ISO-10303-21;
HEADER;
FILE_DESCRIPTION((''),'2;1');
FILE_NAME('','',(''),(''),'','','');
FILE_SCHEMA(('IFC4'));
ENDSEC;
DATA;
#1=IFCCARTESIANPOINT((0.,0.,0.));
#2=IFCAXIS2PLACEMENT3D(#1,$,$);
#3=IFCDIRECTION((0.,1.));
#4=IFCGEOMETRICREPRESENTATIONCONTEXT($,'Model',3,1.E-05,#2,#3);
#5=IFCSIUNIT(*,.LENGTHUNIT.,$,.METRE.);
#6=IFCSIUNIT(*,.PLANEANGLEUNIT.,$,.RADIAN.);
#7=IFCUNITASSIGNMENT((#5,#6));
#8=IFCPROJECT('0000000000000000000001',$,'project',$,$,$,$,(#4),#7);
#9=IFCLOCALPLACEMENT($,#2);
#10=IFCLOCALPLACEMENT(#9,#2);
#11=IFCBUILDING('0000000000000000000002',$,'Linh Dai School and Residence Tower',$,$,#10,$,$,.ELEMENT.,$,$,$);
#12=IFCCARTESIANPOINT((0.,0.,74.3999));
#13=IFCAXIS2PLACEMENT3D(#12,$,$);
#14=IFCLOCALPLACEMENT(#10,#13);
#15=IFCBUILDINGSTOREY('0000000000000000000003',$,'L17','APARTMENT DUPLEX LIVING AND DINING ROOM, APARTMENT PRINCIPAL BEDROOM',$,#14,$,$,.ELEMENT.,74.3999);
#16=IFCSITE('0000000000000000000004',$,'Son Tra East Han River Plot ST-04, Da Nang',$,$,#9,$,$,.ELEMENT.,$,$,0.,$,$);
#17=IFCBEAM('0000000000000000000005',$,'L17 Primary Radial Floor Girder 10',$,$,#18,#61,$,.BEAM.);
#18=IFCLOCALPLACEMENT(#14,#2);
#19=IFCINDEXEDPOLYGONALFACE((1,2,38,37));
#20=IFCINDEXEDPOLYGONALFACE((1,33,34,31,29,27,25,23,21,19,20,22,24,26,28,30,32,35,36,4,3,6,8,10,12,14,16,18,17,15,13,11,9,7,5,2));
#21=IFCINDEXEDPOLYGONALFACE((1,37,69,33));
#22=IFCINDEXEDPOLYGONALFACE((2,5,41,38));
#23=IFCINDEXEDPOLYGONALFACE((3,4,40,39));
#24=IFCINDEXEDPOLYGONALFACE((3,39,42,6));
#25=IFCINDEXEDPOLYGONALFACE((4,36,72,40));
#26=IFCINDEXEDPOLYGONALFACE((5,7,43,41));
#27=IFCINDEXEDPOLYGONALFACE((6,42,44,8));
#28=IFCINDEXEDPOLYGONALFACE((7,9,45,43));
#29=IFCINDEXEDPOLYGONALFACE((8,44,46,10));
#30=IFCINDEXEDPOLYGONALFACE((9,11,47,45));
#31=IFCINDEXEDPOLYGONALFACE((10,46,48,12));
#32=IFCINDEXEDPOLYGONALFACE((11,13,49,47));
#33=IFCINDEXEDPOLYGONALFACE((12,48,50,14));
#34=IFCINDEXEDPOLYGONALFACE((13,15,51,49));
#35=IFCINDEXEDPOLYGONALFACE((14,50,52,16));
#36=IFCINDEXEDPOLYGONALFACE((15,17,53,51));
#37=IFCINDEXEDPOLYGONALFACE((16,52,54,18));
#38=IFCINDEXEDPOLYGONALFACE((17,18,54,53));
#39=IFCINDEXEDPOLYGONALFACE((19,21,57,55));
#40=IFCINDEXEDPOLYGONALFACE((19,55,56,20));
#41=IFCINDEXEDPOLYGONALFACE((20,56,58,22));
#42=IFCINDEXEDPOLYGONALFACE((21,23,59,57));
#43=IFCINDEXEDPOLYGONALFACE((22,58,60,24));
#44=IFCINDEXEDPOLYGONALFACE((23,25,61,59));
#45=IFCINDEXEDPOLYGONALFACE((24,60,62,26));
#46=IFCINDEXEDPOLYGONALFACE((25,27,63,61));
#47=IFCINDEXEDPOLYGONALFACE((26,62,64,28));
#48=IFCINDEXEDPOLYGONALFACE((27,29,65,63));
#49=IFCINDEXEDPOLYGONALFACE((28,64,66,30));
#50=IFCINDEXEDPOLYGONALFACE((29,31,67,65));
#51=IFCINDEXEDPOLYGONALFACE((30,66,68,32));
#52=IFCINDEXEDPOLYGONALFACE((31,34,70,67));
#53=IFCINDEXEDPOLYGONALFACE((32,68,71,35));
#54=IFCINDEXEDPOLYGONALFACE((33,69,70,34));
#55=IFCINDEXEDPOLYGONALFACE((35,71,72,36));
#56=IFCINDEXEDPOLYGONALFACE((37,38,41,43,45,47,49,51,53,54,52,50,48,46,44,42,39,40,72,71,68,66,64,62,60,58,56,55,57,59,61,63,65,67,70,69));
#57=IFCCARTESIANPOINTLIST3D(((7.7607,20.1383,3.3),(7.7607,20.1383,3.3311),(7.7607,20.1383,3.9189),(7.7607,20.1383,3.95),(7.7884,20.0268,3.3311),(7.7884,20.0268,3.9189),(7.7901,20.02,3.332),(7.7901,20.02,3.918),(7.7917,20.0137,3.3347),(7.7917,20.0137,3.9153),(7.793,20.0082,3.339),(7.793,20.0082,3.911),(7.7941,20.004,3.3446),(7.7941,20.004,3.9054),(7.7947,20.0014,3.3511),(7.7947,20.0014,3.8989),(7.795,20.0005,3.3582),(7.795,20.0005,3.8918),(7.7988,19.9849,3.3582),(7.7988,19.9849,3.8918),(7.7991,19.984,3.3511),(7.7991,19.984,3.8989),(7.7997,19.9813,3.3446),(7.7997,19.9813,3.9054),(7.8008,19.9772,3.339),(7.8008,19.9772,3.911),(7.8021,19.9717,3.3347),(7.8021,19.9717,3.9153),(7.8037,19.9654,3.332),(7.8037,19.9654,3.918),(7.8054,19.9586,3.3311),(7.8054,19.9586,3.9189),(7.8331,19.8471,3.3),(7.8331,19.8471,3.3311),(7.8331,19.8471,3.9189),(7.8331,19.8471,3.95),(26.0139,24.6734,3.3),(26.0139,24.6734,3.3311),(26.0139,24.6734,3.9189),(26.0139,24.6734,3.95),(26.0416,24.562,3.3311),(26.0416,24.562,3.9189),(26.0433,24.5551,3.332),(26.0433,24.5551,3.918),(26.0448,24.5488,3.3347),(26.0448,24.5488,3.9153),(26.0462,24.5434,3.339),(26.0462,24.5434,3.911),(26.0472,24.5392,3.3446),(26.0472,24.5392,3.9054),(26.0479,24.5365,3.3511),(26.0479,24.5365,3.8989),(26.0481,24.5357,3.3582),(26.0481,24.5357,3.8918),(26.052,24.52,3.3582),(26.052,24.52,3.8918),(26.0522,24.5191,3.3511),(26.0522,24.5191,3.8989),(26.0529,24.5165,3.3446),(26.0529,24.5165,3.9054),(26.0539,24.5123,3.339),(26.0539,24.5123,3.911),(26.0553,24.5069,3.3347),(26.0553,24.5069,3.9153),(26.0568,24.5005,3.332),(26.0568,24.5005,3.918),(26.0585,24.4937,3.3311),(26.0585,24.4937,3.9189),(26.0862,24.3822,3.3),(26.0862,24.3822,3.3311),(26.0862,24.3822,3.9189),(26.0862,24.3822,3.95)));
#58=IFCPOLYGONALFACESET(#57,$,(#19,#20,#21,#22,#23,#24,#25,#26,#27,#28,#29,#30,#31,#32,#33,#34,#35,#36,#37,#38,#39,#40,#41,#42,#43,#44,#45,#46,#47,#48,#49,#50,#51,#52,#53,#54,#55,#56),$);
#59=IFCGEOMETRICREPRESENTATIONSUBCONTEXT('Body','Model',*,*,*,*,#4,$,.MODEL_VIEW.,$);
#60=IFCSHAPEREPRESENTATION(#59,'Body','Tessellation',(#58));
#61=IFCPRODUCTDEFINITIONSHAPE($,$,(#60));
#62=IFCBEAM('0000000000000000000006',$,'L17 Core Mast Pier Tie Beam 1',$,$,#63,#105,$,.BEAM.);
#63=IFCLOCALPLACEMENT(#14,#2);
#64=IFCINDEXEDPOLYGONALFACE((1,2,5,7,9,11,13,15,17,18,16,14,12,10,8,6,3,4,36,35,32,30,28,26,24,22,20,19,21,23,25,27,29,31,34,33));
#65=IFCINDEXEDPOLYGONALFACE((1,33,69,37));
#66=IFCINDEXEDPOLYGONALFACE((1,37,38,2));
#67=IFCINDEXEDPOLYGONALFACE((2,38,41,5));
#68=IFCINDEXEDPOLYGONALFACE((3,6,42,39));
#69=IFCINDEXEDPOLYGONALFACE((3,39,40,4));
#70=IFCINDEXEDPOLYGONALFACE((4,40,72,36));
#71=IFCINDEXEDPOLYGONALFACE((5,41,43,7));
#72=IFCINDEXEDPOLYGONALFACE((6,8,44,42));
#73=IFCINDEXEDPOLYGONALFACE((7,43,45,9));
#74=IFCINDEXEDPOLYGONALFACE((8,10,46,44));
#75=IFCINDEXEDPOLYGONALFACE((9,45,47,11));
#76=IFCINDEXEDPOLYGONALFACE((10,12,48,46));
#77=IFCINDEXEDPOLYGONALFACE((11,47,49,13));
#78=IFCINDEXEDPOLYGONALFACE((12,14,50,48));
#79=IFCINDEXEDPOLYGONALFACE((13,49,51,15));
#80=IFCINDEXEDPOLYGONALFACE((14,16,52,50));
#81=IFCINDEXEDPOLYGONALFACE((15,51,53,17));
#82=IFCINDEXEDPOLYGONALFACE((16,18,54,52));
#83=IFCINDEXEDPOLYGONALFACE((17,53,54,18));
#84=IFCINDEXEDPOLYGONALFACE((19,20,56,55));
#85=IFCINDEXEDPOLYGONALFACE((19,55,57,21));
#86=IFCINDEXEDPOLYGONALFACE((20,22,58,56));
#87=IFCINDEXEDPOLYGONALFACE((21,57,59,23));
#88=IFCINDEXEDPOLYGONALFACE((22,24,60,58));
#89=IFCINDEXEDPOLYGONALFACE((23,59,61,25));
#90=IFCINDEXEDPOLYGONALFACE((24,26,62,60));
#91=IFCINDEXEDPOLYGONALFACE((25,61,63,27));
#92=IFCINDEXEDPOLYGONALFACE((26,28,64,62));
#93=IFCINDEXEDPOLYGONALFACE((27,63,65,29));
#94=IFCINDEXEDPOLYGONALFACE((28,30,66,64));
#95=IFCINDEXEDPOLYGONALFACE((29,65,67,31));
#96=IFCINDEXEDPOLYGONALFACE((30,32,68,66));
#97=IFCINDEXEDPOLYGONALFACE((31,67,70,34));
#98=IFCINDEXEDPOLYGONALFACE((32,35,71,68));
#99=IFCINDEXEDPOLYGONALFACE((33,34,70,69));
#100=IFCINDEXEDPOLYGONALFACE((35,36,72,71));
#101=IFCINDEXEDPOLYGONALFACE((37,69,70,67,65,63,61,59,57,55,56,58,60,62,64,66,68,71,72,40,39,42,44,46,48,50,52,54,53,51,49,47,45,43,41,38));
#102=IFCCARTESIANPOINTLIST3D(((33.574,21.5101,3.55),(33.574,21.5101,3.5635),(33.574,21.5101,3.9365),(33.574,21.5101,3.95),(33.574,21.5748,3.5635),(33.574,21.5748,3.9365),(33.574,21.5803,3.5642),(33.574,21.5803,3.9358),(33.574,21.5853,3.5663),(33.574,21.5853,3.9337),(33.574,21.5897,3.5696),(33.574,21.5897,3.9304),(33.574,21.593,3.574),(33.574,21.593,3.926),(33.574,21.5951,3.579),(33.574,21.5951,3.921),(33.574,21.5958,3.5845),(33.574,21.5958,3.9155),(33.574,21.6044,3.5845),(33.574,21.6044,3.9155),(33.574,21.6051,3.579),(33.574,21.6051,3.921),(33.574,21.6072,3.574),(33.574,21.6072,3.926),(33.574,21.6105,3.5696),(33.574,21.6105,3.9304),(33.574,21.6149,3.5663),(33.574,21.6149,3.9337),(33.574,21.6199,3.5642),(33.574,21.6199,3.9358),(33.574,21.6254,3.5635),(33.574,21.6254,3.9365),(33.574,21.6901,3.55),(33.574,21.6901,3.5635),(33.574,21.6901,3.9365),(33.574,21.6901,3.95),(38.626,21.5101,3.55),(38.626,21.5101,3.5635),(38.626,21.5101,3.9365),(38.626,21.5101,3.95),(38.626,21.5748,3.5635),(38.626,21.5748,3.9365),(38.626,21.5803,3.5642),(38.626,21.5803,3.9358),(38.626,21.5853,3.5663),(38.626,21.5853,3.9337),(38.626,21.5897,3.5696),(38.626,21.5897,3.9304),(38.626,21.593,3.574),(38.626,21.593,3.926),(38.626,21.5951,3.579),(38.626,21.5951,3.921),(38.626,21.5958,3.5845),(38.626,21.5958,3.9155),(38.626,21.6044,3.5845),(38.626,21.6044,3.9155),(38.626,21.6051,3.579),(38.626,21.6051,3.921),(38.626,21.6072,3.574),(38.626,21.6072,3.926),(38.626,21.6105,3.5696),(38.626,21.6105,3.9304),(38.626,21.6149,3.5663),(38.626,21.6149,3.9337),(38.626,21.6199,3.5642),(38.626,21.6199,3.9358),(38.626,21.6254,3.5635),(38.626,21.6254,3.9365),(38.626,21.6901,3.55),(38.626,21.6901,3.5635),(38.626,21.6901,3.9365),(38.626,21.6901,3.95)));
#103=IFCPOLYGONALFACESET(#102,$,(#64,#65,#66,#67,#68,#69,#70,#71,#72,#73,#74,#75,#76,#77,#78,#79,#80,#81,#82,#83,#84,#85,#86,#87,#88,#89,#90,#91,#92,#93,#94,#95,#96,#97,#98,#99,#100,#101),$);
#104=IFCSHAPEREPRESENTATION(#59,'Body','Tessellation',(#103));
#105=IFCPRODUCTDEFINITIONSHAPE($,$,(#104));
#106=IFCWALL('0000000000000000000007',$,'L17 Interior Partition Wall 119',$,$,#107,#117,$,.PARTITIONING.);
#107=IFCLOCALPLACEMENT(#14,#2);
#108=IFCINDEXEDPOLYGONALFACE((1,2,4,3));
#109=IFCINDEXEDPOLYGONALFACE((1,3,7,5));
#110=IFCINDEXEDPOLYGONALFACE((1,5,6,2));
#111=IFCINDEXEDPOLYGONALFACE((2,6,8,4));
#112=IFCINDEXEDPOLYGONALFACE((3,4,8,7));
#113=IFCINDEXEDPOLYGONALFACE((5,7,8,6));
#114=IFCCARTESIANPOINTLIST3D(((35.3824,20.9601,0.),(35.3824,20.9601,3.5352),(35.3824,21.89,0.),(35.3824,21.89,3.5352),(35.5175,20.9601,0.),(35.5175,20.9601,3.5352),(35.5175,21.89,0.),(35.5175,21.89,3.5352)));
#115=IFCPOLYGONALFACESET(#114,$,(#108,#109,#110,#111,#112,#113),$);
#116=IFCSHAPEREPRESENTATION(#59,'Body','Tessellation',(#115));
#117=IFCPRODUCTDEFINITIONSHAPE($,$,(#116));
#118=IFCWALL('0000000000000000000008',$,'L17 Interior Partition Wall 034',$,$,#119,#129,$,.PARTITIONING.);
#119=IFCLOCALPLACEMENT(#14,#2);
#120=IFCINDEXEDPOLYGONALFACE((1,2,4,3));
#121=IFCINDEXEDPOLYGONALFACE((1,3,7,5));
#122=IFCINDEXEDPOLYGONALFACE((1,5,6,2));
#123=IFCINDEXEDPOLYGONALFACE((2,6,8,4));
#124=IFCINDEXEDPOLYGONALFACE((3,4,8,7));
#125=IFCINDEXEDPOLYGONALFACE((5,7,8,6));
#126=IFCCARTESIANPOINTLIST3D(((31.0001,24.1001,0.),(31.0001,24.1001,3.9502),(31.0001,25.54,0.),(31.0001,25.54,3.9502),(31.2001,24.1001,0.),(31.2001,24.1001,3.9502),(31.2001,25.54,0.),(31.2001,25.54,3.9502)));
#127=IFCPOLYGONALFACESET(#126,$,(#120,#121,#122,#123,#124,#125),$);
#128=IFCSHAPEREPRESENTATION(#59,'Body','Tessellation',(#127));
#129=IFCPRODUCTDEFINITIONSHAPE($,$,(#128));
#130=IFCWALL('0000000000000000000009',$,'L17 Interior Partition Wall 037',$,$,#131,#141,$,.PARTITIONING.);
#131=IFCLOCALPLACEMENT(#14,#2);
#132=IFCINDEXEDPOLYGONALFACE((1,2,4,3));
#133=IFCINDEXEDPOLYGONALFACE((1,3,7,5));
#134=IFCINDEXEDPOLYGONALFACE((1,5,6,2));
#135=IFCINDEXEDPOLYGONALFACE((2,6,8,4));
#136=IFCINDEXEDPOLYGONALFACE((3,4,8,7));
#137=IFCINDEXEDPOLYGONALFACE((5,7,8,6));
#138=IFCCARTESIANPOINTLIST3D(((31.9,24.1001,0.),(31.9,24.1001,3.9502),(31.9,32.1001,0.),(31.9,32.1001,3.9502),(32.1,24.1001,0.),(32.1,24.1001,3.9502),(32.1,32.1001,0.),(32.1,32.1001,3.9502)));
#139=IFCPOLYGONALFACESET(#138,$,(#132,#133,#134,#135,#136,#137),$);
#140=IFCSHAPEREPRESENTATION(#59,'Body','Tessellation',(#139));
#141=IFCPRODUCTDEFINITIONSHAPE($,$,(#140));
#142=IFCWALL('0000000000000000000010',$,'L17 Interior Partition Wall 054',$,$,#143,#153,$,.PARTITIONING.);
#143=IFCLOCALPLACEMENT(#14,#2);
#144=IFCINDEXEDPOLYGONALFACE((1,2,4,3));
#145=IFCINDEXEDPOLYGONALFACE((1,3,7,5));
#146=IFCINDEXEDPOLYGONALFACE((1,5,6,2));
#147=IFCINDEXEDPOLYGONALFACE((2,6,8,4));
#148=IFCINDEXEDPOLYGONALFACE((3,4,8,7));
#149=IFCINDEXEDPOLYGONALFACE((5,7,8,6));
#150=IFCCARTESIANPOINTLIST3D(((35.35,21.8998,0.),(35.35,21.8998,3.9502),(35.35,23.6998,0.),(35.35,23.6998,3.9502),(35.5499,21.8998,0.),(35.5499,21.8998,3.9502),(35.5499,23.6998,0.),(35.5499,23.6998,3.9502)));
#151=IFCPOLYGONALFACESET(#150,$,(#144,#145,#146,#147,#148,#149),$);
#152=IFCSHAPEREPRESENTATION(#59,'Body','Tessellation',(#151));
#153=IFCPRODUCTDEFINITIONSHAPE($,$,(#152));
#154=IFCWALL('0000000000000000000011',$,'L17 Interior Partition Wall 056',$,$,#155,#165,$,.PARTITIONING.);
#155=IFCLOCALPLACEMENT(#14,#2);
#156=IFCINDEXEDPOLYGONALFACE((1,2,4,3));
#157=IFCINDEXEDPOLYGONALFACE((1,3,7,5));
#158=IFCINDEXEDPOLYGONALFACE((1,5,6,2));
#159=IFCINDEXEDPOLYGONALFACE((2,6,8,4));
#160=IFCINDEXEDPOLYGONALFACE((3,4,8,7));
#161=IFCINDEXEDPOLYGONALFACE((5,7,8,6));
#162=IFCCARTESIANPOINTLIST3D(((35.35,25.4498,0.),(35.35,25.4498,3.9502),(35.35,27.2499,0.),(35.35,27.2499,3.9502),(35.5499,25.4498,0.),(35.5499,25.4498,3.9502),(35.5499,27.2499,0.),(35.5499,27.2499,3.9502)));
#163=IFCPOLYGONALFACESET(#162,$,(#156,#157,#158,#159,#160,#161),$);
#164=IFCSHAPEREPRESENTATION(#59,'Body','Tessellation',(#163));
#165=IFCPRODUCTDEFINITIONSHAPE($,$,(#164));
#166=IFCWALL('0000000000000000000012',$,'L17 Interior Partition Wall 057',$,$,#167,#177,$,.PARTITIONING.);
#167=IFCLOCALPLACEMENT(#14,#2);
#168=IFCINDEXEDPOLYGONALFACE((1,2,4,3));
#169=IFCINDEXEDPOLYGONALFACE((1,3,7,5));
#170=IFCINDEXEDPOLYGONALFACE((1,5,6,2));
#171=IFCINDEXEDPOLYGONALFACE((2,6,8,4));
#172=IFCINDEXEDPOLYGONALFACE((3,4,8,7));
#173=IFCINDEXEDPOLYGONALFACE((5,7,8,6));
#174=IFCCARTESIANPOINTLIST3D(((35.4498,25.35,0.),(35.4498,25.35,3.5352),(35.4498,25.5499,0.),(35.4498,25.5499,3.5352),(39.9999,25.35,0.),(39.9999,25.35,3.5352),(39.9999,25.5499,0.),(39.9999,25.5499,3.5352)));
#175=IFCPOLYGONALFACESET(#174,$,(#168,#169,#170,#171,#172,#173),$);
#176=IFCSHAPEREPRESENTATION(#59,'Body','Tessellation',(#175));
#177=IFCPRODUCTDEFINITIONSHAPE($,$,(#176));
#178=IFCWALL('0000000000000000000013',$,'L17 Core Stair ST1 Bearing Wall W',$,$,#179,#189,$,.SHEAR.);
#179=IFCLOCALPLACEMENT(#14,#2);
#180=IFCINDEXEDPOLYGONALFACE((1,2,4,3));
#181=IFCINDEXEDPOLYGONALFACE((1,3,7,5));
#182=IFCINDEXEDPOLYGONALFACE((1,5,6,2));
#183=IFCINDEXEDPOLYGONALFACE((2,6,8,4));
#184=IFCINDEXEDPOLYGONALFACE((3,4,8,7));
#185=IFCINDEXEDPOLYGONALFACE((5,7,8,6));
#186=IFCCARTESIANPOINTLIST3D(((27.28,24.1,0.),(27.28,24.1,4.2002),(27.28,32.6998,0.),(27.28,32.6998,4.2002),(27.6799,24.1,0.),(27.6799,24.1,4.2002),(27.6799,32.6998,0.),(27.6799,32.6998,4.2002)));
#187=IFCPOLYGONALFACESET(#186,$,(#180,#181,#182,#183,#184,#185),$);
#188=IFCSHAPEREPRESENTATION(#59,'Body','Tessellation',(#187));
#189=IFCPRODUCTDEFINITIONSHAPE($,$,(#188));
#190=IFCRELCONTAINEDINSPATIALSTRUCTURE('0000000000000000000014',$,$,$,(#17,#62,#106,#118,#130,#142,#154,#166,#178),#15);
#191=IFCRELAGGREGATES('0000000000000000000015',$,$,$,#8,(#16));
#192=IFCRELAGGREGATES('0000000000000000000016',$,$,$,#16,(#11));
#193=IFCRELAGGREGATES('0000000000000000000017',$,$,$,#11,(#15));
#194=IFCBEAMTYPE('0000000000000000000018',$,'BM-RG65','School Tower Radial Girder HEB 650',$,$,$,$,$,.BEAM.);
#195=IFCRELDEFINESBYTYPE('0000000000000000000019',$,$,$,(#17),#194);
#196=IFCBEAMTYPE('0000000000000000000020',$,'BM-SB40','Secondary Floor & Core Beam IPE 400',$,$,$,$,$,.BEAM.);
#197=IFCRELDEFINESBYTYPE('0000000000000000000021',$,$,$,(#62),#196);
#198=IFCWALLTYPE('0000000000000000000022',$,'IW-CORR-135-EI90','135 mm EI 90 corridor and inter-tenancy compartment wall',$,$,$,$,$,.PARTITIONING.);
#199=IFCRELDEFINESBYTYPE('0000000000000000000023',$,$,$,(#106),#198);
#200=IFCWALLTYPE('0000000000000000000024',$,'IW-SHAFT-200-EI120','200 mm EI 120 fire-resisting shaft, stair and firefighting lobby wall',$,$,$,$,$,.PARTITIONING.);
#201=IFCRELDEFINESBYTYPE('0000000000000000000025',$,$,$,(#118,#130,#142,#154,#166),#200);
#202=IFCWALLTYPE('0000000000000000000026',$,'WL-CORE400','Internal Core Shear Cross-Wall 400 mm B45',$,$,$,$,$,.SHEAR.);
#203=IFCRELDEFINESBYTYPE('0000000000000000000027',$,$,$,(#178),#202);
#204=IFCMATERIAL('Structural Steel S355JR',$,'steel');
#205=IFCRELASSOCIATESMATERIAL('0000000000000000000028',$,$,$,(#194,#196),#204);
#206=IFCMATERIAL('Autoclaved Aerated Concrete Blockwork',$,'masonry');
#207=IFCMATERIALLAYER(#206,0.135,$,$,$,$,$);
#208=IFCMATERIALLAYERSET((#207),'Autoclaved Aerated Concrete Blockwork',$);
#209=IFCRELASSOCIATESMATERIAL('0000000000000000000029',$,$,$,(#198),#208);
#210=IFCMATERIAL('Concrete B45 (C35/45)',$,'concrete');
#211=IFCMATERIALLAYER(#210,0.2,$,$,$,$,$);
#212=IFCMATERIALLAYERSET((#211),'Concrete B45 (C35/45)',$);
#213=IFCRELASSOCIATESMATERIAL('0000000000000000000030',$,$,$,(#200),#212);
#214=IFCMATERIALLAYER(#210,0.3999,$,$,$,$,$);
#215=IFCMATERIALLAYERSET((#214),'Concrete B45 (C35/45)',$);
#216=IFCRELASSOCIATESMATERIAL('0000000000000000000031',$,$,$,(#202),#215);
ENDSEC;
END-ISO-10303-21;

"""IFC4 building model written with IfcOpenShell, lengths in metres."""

from ifc_helpers import new_model, si_unit, direction, frame, frame_2d, origin, origin_2d, place, context, subcontext, project, spatial, rectangle, i_section, extrude, material, layer, layer_set, material_profile, profile_set, type_object, element, save


model = new_model("IFC4")

# Units and contexts
model_context = context("Model", 3, precision=1e-05, world=origin(), true_north=direction((0.0, 1.0)))
body_context = subcontext(model_context, "Body", "Model", "MODEL_VIEW")
ifc_project = project(units=[si_unit("LENGTHUNIT", "METRE"), si_unit("PLANEANGLEUNIT", "RADIAN")], contexts=[model_context])

# Site, building, storey
site_placement = place(None, origin())
site = spatial("IfcSite", under=ifc_project, at=site_placement, Name="Son Tra East Han River Plot ST-04, Da Nang", CompositionType="ELEMENT", RefElevation=0.0)
building_placement = place(site_placement, origin())
building = spatial("IfcBuilding", under=site, at=building_placement, Name="Linh Dai School and Residence Tower", CompositionType="ELEMENT")
storey_placement = place(building_placement, frame((0.0, 0.0, 74.3999)))
storey = spatial("IfcBuildingStorey", under=building, at=storey_placement, Name="L17", Description="APARTMENT DUPLEX LIVING AND DINING ROOM, APARTMENT PRINCIPAL BEDROOM", CompositionType="ELEMENT", Elevation=74.3999)

# Shared definitions
ifc_material_1 = material(Name="Structural Steel S355JR", Category="steel")

# Beams
ifc_material_profile_1 = material_profile(ifc_material_1, i_section(OverallWidth=0.3, OverallDepth=0.6499, WebThickness=0.0161, FlangeThickness=0.031, FilletRadius=0.0271, at=origin_2d()), Name="HEB 650")
ifc_profile_set_1 = profile_set([ifc_material_profile_1], Name="Structural Steel S355JR")
beam_type_1 = type_object("IfcBeamType", Name="BM-RG65", Description="School Tower Radial Girder HEB 650", PredefinedType="BEAM", material=ifc_profile_set_1)
beam_1_placement = place(storey_placement, frame((26.05, 24.5278, 3.625), z_axis=(-0.970493, -0.241127, 0.0), x_axis=(0.241127, -0.970493, 0.0)))
element("IfcBeam", 1, at=beam_1_placement, inside=storey, type_object=beam_type_1, Name="L17 Primary Radial Floor Girder 10", PredefinedType="BEAM", context=body_context, shape_type="SweptSolid", body=[
    extrude(i_section(OverallWidth=0.3, OverallDepth=0.6499, WebThickness=0.0161, FlangeThickness=0.031, FilletRadius=0.0271, at=origin_2d()), origin(), (0.0, 0.0, 1.0), 18.8081),
])
ifc_material_profile_2 = material_profile(ifc_material_1, i_section(OverallWidth=0.1799, OverallDepth=0.3999, WebThickness=0.0085, FlangeThickness=0.0134, FilletRadius=0.021, at=origin_2d()), Name="IPE 400")
ifc_profile_set_2 = profile_set([ifc_material_profile_2], Name="Structural Steel S355JR")
beam_type_2 = type_object("IfcBeamType", Name="BM-SB40", Description="Secondary Floor & Core Beam IPE 400", PredefinedType="BEAM", material=ifc_profile_set_2)
beam_2_placement = place(storey_placement, frame((33.574, 21.6001, 3.75), z_axis=(1.0, 0.0, 0.0), x_axis=(0.0, 1.0, 0.0)))
element("IfcBeam", 2, at=beam_2_placement, inside=storey, type_object=beam_type_2, Name="L17 Core Mast Pier Tie Beam 1", PredefinedType="BEAM", context=body_context, shape_type="SweptSolid", body=[
    extrude(i_section(OverallWidth=0.1799, OverallDepth=0.3999, WebThickness=0.0085, FlangeThickness=0.0134, FilletRadius=0.021, at=origin_2d()), origin(), (0.0, 0.0, 1.0), 5.052),
])

# Wall
ifc_material_2 = material(Name="Autoclaved Aerated Concrete Blockwork", Category="masonry")
ifc_layer_1 = layer(ifc_material_2, 0.135)
ifc_layer_set_1 = layer_set([ifc_layer_1], Name="Autoclaved Aerated Concrete Blockwork")
wall_type_1 = type_object("IfcWallType", Name="IW-CORR-135-EI90", Description="135 mm EI 90 corridor and inter-tenancy compartment wall", PredefinedType="PARTITIONING", material=ifc_layer_set_1)
wall_1_placement = place(storey_placement, frame((35.45, 21.8899, 0.0), z_axis=(0.0, 0.0, 1.0), x_axis=(0.0, -1.0, 0.0)))
element("IfcWall", 3, at=wall_1_placement, inside=storey, type_object=wall_type_1, Name="L17 Interior Partition Wall 119", PredefinedType="PARTITIONING", context=body_context, shape_type="SweptSolid", body=[
    extrude(rectangle(XDim=0.9299, YDim=0.135, at=frame_2d((0.4648, 0.0))), origin(), (0.0, 0.0, 1.0), 3.5352),
])

# Shared definitions
ifc_material_3 = material(Name="Concrete B45 (C35/45)", Category="concrete")
ifc_layer_2 = layer(ifc_material_3, 0.2)
ifc_layer_set_2 = layer_set([ifc_layer_2], Name="Concrete B45 (C35/45)")
wall_type_2 = type_object("IfcWallType", Name="IW-SHAFT-200-EI120", Description="200 mm EI 120 fire-resisting shaft, stair and firefighting lobby wall", PredefinedType="PARTITIONING", material=ifc_layer_set_2)

# Walls
wall_2_placement = place(storey_placement, frame((31.1001, 24.1001, 0.0), z_axis=(0.0, 0.0, 1.0), x_axis=(0.0, 1.0, 0.0)))
element("IfcWall", 4, at=wall_2_placement, inside=storey, type_object=wall_type_2, Name="L17 Interior Partition Wall 034", PredefinedType="PARTITIONING", context=body_context, shape_type="SweptSolid", body=[
    extrude(rectangle(XDim=1.4399, YDim=0.2, at=frame_2d((0.72, 0.0))), origin(), (0.0, 0.0, 1.0), 3.9502),
])
wall_3_placement = place(storey_placement, frame((32.0, 24.1001, 0.0), z_axis=(0.0, 0.0, 1.0), x_axis=(0.0, 1.0, 0.0)))
element("IfcWall", 5, at=wall_3_placement, inside=storey, type_object=wall_type_2, Name="L17 Interior Partition Wall 037", PredefinedType="PARTITIONING", context=body_context, shape_type="SweptSolid", body=[
    extrude(rectangle(XDim=8.0, YDim=0.2, at=frame_2d((4.0, 0.0))), origin(), (0.0, 0.0, 1.0), 3.9502),
])

# Wall
wall_4_placement = place(storey_placement, frame((35.45, 21.8999, 0.0), z_axis=(0.0, 0.0, 1.0), x_axis=(0.0, 1.0, 0.0)))
element("IfcWall", 6, at=wall_4_placement, inside=storey, type_object=wall_type_2, Name="L17 Interior Partition Wall 054", PredefinedType="PARTITIONING", context=body_context, shape_type="SweptSolid", body=[
    extrude(rectangle(XDim=1.8, YDim=0.2, at=frame_2d((0.8999, 0.0))), origin(), (0.0, 0.0, 1.0), 3.9502),
])

# Walls
wall_5_placement = place(storey_placement, frame((35.45, 25.45, 0.0), z_axis=(0.0, 0.0, 1.0), x_axis=(0.0, 1.0, 0.0)))
element("IfcWall", 7, at=wall_5_placement, inside=storey, type_object=wall_type_2, Name="L17 Interior Partition Wall 056", PredefinedType="PARTITIONING", context=body_context, shape_type="SweptSolid", body=[
    extrude(rectangle(XDim=1.8, YDim=0.2, at=frame_2d((0.8999, 0.0))), origin(), (0.0, 0.0, 1.0), 3.9502),
])
wall_6_placement = place(storey_placement, frame((35.45, 25.45, 0.0), z_axis=(0.0, 0.0, 1.0), x_axis=(1.0, 0.0, 0.0)))
element("IfcWall", 8, at=wall_6_placement, inside=storey, type_object=wall_type_2, Name="L17 Interior Partition Wall 057", PredefinedType="PARTITIONING", context=body_context, shape_type="SweptSolid", body=[
    extrude(rectangle(XDim=4.55, YDim=0.2, at=frame_2d((2.2749, 0.0))), origin(), (0.0, 0.0, 1.0), 3.5352),
])
ifc_layer_3 = layer(ifc_material_3, 0.3999)
ifc_layer_set_3 = layer_set([ifc_layer_3], Name="Concrete B45 (C35/45)")
wall_type_3 = type_object("IfcWallType", Name="WL-CORE400", Description="Internal Core Shear Cross-Wall 400 mm B45", PredefinedType="SHEAR", material=ifc_layer_set_3)
wall_7_placement = place(storey_placement, frame((27.48, 24.1001, 0.0), z_axis=(0.0, 0.0, 1.0), x_axis=(0.0, 1.0, 0.0)))
element("IfcWall", 9, at=wall_7_placement, inside=storey, type_object=wall_type_3, Name="L17 Core Stair ST1 Bearing Wall W", PredefinedType="SHEAR", context=body_context, shape_type="SweptSolid", body=[
    extrude(rectangle(XDim=8.5999, YDim=0.3999, at=frame_2d((4.2998, 0.0))), origin(), (0.0, 0.0, 1.0), 4.2002),
])

save(model, "model.ifc")
